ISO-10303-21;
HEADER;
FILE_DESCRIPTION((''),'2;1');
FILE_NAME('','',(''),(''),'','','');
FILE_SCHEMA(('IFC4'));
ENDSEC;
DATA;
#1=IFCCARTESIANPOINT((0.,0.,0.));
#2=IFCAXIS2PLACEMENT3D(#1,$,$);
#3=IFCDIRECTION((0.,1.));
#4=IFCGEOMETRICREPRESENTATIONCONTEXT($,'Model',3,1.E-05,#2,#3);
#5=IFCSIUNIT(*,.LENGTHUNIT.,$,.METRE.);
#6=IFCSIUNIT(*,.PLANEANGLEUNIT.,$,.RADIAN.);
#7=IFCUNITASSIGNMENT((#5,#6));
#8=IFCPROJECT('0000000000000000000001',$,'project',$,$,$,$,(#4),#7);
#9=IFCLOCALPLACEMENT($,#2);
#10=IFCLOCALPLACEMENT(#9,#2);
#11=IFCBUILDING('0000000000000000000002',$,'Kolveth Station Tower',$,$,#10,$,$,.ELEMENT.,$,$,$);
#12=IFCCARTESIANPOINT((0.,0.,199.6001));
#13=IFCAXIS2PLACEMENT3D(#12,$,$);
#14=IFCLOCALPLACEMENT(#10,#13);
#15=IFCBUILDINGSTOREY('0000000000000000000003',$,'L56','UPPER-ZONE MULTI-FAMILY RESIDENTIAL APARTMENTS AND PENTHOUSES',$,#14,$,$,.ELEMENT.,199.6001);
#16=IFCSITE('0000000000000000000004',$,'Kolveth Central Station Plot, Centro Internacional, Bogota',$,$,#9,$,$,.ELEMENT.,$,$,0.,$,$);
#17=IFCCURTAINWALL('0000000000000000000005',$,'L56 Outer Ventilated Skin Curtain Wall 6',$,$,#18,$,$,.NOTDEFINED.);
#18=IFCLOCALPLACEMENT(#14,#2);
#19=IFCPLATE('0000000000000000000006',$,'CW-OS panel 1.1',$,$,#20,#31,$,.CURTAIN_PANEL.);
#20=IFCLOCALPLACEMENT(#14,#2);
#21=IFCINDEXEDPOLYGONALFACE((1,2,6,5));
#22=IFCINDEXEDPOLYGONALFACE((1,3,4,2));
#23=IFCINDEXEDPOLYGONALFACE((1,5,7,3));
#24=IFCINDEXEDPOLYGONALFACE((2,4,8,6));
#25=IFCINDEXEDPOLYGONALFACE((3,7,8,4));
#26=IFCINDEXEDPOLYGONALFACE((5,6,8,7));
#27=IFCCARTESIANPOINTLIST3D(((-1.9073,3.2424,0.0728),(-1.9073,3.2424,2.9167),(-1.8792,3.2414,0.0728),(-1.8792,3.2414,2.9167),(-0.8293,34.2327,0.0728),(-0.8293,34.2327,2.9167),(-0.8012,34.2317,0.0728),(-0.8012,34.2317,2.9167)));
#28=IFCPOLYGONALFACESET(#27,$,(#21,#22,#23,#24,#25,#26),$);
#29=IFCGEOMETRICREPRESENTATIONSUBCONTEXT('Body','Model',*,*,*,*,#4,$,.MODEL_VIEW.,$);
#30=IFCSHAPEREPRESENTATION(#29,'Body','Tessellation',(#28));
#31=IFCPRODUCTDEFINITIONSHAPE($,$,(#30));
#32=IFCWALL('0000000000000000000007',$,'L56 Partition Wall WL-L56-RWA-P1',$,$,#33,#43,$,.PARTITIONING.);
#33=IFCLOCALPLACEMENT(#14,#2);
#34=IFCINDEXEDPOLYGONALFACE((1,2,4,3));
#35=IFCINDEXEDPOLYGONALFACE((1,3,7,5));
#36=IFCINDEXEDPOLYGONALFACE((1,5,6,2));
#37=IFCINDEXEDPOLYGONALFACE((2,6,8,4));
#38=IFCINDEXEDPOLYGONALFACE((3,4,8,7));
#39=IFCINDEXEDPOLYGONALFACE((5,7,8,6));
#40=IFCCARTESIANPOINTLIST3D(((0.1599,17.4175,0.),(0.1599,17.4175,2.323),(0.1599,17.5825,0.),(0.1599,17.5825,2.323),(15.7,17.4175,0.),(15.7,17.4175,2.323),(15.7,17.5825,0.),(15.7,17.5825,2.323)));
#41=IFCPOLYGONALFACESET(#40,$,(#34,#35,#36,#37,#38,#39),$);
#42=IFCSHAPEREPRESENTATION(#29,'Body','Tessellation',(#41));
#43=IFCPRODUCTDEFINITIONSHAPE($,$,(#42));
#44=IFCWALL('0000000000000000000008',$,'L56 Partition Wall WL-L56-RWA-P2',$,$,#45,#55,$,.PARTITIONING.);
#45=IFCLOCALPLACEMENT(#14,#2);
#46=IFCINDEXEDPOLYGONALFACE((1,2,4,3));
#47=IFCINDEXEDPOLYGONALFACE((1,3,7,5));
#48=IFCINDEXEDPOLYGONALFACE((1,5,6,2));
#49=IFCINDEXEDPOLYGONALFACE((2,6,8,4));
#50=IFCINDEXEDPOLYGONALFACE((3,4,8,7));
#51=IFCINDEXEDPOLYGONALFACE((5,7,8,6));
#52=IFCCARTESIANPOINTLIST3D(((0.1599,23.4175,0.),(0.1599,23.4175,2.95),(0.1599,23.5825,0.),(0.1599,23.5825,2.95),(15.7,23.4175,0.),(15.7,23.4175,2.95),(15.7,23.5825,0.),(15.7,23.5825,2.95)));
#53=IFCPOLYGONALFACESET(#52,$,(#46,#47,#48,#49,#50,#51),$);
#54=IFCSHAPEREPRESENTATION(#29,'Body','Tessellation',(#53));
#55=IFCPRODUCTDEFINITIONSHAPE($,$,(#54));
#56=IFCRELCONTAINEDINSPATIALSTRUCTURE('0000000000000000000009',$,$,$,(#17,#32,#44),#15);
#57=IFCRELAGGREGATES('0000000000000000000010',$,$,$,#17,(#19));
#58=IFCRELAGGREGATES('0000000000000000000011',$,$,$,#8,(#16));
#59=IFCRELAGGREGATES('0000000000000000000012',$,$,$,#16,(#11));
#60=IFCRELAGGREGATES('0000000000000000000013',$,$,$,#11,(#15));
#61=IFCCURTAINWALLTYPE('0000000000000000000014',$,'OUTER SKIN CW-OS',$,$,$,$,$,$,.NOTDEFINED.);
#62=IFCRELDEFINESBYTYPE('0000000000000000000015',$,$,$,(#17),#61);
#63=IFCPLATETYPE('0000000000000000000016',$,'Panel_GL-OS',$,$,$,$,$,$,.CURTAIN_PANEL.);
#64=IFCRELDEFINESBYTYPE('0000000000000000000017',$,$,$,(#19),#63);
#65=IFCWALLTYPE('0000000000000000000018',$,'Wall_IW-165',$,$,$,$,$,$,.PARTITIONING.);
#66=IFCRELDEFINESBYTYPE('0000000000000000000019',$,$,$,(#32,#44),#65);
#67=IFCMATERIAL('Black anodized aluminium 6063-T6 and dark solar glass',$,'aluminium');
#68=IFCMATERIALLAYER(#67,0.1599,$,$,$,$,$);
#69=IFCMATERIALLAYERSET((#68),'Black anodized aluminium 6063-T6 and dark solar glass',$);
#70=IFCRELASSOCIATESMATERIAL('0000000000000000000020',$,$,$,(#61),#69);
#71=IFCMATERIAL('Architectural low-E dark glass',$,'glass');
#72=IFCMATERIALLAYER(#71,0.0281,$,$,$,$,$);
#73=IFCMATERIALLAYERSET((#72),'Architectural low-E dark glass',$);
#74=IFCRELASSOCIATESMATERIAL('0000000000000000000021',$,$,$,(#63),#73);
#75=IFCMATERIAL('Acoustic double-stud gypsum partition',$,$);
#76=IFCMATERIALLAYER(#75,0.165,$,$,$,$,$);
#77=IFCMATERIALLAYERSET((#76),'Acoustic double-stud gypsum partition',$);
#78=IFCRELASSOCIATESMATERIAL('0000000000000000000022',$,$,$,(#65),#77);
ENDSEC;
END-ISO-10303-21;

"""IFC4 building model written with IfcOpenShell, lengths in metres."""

from ifc_helpers import new_model, si_unit, direction, frame, frame_2d, origin, origin_2d, place, context, subcontext, project, spatial, rectangle, extrude, source, transform, mapped, material, layer, layer_set, type_object, element, aggregate, save


model = new_model("IFC4")

# Units and contexts
model_context = context("Model", 3, precision=1e-05, world=origin(), true_north=direction((0.0, 1.0)))
body_context = subcontext(model_context, "Body", "Model", "MODEL_VIEW")
ifc_project = project(units=[si_unit("LENGTHUNIT", "METRE"), si_unit("PLANEANGLEUNIT", "RADIAN")], contexts=[model_context])

# Site, building, storey
site_placement = place(None, origin())
site = spatial("IfcSite", under=ifc_project, at=site_placement, Name="Kolveth Central Station Plot, Centro Internacional, Bogota", CompositionType="ELEMENT", RefElevation=0.0)
building_placement = place(site_placement, origin())
building = spatial("IfcBuilding", under=site, at=building_placement, Name="Kolveth Station Tower", CompositionType="ELEMENT")
storey_placement = place(building_placement, frame((0.0, 0.0, 199.6001)))
storey = spatial("IfcBuildingStorey", under=building, at=storey_placement, Name="L56", Description="UPPER-ZONE MULTI-FAMILY RESIDENTIAL APARTMENTS AND PENTHOUSES", CompositionType="ELEMENT", Elevation=199.6001)

# Curtain wall, plate
ifc_material_1 = material(Name="Architectural low-E dark glass", Category="glass")
ifc_material_2 = material(Name="Black anodized aluminium 6063-T6 and dark solar glass", Category="aluminium")
ifc_layer_1 = layer(ifc_material_2, 0.1599)
ifc_layer_set_1 = layer_set([ifc_layer_1], Name="Black anodized aluminium 6063-T6 and dark solar glass")
curtain_wall_type_1 = type_object("IfcCurtainWallType", Name="OUTER SKIN CW-OS", PredefinedType="NOTDEFINED", material=ifc_layer_set_1)
curtain_wall_1_placement = place(storey_placement, origin())
curtain_wall_1 = element("IfcCurtainWall", 1, at=curtain_wall_1_placement, inside=storey, type_object=curtain_wall_type_1, Name="L56 Outer Ventilated Skin Curtain Wall 6", PredefinedType="NOTDEFINED")
ifc_layer_2 = layer(ifc_material_1, 0.0281)
ifc_layer_set_2 = layer_set([ifc_layer_2], Name="Architectural low-E dark glass")
plate_type_1 = type_object("IfcPlateType", Name="Panel_GL-OS", PredefinedType="CURTAIN_PANEL", material=ifc_layer_set_2)
shared_shape_1 = source(origin(), body_context, "Body", "SweptSolid", [
    extrude(rectangle(XDim=31.009, YDim=0.0281, at=origin_2d()), origin(), (0.0, 0.0, 1.0), 2.844),
])
plate_1_placement = place(storey_placement, frame((-1.3542, 18.7371, 0.0728), z_axis=(0.0, 0.0, 1.0), x_axis=(-0.034765, -0.999396, 0.0)))
plate_1 = element("IfcPlate", 2, at=plate_1_placement, type_object=plate_type_1, Name="CW-OS panel 1.1", PredefinedType="CURTAIN_PANEL", context=body_context, shape_type="MappedRepresentation", body=[
    mapped(shared_shape_1, transform((0.0, 0.0, 0.0), x_axis=(1.0, 0.0, 0.0), y_axis=(0.0, 1.0, 0.0), z_axis=(0.0, 0.0, 1.0), scale=1.0)),
])
aggregate(curtain_wall_1, [plate_1])

# Walls
ifc_material_3 = material(Name="Acoustic double-stud gypsum partition")
ifc_layer_3 = layer(ifc_material_3, 0.165)
ifc_layer_set_3 = layer_set([ifc_layer_3], Name="Acoustic double-stud gypsum partition")
wall_type = type_object("IfcWallType", Name="Wall_IW-165", PredefinedType="PARTITIONING", material=ifc_layer_set_3)
wall_1_placement = place(storey_placement, frame((0.1599, 17.5, 0.0), z_axis=(0.0, 0.0, 1.0), x_axis=(1.0, 0.0, 0.0)))
element("IfcWall", 3, at=wall_1_placement, inside=storey, type_object=wall_type, Name="L56 Partition Wall WL-L56-RWA-P1", PredefinedType="PARTITIONING", context=body_context, shape_type="SweptSolid", body=[
    extrude(rectangle(XDim=15.54, YDim=0.165, at=frame_2d((7.77, 0.0))), origin(), (0.0, 0.0, 1.0), 2.323),
])
wall_2_placement = place(storey_placement, frame((0.1599, 23.5, 0.0), z_axis=(0.0, 0.0, 1.0), x_axis=(1.0, 0.0, 0.0)))
element("IfcWall", 4, at=wall_2_placement, inside=storey, type_object=wall_type, Name="L56 Partition Wall WL-L56-RWA-P2", PredefinedType="PARTITIONING", context=body_context, shape_type="SweptSolid", body=[
    extrude(rectangle(XDim=15.54, YDim=0.165, at=frame_2d((7.77, 0.0))), origin(), (0.0, 0.0, 1.0), 2.95),
])

save(model, "model.ifc")
